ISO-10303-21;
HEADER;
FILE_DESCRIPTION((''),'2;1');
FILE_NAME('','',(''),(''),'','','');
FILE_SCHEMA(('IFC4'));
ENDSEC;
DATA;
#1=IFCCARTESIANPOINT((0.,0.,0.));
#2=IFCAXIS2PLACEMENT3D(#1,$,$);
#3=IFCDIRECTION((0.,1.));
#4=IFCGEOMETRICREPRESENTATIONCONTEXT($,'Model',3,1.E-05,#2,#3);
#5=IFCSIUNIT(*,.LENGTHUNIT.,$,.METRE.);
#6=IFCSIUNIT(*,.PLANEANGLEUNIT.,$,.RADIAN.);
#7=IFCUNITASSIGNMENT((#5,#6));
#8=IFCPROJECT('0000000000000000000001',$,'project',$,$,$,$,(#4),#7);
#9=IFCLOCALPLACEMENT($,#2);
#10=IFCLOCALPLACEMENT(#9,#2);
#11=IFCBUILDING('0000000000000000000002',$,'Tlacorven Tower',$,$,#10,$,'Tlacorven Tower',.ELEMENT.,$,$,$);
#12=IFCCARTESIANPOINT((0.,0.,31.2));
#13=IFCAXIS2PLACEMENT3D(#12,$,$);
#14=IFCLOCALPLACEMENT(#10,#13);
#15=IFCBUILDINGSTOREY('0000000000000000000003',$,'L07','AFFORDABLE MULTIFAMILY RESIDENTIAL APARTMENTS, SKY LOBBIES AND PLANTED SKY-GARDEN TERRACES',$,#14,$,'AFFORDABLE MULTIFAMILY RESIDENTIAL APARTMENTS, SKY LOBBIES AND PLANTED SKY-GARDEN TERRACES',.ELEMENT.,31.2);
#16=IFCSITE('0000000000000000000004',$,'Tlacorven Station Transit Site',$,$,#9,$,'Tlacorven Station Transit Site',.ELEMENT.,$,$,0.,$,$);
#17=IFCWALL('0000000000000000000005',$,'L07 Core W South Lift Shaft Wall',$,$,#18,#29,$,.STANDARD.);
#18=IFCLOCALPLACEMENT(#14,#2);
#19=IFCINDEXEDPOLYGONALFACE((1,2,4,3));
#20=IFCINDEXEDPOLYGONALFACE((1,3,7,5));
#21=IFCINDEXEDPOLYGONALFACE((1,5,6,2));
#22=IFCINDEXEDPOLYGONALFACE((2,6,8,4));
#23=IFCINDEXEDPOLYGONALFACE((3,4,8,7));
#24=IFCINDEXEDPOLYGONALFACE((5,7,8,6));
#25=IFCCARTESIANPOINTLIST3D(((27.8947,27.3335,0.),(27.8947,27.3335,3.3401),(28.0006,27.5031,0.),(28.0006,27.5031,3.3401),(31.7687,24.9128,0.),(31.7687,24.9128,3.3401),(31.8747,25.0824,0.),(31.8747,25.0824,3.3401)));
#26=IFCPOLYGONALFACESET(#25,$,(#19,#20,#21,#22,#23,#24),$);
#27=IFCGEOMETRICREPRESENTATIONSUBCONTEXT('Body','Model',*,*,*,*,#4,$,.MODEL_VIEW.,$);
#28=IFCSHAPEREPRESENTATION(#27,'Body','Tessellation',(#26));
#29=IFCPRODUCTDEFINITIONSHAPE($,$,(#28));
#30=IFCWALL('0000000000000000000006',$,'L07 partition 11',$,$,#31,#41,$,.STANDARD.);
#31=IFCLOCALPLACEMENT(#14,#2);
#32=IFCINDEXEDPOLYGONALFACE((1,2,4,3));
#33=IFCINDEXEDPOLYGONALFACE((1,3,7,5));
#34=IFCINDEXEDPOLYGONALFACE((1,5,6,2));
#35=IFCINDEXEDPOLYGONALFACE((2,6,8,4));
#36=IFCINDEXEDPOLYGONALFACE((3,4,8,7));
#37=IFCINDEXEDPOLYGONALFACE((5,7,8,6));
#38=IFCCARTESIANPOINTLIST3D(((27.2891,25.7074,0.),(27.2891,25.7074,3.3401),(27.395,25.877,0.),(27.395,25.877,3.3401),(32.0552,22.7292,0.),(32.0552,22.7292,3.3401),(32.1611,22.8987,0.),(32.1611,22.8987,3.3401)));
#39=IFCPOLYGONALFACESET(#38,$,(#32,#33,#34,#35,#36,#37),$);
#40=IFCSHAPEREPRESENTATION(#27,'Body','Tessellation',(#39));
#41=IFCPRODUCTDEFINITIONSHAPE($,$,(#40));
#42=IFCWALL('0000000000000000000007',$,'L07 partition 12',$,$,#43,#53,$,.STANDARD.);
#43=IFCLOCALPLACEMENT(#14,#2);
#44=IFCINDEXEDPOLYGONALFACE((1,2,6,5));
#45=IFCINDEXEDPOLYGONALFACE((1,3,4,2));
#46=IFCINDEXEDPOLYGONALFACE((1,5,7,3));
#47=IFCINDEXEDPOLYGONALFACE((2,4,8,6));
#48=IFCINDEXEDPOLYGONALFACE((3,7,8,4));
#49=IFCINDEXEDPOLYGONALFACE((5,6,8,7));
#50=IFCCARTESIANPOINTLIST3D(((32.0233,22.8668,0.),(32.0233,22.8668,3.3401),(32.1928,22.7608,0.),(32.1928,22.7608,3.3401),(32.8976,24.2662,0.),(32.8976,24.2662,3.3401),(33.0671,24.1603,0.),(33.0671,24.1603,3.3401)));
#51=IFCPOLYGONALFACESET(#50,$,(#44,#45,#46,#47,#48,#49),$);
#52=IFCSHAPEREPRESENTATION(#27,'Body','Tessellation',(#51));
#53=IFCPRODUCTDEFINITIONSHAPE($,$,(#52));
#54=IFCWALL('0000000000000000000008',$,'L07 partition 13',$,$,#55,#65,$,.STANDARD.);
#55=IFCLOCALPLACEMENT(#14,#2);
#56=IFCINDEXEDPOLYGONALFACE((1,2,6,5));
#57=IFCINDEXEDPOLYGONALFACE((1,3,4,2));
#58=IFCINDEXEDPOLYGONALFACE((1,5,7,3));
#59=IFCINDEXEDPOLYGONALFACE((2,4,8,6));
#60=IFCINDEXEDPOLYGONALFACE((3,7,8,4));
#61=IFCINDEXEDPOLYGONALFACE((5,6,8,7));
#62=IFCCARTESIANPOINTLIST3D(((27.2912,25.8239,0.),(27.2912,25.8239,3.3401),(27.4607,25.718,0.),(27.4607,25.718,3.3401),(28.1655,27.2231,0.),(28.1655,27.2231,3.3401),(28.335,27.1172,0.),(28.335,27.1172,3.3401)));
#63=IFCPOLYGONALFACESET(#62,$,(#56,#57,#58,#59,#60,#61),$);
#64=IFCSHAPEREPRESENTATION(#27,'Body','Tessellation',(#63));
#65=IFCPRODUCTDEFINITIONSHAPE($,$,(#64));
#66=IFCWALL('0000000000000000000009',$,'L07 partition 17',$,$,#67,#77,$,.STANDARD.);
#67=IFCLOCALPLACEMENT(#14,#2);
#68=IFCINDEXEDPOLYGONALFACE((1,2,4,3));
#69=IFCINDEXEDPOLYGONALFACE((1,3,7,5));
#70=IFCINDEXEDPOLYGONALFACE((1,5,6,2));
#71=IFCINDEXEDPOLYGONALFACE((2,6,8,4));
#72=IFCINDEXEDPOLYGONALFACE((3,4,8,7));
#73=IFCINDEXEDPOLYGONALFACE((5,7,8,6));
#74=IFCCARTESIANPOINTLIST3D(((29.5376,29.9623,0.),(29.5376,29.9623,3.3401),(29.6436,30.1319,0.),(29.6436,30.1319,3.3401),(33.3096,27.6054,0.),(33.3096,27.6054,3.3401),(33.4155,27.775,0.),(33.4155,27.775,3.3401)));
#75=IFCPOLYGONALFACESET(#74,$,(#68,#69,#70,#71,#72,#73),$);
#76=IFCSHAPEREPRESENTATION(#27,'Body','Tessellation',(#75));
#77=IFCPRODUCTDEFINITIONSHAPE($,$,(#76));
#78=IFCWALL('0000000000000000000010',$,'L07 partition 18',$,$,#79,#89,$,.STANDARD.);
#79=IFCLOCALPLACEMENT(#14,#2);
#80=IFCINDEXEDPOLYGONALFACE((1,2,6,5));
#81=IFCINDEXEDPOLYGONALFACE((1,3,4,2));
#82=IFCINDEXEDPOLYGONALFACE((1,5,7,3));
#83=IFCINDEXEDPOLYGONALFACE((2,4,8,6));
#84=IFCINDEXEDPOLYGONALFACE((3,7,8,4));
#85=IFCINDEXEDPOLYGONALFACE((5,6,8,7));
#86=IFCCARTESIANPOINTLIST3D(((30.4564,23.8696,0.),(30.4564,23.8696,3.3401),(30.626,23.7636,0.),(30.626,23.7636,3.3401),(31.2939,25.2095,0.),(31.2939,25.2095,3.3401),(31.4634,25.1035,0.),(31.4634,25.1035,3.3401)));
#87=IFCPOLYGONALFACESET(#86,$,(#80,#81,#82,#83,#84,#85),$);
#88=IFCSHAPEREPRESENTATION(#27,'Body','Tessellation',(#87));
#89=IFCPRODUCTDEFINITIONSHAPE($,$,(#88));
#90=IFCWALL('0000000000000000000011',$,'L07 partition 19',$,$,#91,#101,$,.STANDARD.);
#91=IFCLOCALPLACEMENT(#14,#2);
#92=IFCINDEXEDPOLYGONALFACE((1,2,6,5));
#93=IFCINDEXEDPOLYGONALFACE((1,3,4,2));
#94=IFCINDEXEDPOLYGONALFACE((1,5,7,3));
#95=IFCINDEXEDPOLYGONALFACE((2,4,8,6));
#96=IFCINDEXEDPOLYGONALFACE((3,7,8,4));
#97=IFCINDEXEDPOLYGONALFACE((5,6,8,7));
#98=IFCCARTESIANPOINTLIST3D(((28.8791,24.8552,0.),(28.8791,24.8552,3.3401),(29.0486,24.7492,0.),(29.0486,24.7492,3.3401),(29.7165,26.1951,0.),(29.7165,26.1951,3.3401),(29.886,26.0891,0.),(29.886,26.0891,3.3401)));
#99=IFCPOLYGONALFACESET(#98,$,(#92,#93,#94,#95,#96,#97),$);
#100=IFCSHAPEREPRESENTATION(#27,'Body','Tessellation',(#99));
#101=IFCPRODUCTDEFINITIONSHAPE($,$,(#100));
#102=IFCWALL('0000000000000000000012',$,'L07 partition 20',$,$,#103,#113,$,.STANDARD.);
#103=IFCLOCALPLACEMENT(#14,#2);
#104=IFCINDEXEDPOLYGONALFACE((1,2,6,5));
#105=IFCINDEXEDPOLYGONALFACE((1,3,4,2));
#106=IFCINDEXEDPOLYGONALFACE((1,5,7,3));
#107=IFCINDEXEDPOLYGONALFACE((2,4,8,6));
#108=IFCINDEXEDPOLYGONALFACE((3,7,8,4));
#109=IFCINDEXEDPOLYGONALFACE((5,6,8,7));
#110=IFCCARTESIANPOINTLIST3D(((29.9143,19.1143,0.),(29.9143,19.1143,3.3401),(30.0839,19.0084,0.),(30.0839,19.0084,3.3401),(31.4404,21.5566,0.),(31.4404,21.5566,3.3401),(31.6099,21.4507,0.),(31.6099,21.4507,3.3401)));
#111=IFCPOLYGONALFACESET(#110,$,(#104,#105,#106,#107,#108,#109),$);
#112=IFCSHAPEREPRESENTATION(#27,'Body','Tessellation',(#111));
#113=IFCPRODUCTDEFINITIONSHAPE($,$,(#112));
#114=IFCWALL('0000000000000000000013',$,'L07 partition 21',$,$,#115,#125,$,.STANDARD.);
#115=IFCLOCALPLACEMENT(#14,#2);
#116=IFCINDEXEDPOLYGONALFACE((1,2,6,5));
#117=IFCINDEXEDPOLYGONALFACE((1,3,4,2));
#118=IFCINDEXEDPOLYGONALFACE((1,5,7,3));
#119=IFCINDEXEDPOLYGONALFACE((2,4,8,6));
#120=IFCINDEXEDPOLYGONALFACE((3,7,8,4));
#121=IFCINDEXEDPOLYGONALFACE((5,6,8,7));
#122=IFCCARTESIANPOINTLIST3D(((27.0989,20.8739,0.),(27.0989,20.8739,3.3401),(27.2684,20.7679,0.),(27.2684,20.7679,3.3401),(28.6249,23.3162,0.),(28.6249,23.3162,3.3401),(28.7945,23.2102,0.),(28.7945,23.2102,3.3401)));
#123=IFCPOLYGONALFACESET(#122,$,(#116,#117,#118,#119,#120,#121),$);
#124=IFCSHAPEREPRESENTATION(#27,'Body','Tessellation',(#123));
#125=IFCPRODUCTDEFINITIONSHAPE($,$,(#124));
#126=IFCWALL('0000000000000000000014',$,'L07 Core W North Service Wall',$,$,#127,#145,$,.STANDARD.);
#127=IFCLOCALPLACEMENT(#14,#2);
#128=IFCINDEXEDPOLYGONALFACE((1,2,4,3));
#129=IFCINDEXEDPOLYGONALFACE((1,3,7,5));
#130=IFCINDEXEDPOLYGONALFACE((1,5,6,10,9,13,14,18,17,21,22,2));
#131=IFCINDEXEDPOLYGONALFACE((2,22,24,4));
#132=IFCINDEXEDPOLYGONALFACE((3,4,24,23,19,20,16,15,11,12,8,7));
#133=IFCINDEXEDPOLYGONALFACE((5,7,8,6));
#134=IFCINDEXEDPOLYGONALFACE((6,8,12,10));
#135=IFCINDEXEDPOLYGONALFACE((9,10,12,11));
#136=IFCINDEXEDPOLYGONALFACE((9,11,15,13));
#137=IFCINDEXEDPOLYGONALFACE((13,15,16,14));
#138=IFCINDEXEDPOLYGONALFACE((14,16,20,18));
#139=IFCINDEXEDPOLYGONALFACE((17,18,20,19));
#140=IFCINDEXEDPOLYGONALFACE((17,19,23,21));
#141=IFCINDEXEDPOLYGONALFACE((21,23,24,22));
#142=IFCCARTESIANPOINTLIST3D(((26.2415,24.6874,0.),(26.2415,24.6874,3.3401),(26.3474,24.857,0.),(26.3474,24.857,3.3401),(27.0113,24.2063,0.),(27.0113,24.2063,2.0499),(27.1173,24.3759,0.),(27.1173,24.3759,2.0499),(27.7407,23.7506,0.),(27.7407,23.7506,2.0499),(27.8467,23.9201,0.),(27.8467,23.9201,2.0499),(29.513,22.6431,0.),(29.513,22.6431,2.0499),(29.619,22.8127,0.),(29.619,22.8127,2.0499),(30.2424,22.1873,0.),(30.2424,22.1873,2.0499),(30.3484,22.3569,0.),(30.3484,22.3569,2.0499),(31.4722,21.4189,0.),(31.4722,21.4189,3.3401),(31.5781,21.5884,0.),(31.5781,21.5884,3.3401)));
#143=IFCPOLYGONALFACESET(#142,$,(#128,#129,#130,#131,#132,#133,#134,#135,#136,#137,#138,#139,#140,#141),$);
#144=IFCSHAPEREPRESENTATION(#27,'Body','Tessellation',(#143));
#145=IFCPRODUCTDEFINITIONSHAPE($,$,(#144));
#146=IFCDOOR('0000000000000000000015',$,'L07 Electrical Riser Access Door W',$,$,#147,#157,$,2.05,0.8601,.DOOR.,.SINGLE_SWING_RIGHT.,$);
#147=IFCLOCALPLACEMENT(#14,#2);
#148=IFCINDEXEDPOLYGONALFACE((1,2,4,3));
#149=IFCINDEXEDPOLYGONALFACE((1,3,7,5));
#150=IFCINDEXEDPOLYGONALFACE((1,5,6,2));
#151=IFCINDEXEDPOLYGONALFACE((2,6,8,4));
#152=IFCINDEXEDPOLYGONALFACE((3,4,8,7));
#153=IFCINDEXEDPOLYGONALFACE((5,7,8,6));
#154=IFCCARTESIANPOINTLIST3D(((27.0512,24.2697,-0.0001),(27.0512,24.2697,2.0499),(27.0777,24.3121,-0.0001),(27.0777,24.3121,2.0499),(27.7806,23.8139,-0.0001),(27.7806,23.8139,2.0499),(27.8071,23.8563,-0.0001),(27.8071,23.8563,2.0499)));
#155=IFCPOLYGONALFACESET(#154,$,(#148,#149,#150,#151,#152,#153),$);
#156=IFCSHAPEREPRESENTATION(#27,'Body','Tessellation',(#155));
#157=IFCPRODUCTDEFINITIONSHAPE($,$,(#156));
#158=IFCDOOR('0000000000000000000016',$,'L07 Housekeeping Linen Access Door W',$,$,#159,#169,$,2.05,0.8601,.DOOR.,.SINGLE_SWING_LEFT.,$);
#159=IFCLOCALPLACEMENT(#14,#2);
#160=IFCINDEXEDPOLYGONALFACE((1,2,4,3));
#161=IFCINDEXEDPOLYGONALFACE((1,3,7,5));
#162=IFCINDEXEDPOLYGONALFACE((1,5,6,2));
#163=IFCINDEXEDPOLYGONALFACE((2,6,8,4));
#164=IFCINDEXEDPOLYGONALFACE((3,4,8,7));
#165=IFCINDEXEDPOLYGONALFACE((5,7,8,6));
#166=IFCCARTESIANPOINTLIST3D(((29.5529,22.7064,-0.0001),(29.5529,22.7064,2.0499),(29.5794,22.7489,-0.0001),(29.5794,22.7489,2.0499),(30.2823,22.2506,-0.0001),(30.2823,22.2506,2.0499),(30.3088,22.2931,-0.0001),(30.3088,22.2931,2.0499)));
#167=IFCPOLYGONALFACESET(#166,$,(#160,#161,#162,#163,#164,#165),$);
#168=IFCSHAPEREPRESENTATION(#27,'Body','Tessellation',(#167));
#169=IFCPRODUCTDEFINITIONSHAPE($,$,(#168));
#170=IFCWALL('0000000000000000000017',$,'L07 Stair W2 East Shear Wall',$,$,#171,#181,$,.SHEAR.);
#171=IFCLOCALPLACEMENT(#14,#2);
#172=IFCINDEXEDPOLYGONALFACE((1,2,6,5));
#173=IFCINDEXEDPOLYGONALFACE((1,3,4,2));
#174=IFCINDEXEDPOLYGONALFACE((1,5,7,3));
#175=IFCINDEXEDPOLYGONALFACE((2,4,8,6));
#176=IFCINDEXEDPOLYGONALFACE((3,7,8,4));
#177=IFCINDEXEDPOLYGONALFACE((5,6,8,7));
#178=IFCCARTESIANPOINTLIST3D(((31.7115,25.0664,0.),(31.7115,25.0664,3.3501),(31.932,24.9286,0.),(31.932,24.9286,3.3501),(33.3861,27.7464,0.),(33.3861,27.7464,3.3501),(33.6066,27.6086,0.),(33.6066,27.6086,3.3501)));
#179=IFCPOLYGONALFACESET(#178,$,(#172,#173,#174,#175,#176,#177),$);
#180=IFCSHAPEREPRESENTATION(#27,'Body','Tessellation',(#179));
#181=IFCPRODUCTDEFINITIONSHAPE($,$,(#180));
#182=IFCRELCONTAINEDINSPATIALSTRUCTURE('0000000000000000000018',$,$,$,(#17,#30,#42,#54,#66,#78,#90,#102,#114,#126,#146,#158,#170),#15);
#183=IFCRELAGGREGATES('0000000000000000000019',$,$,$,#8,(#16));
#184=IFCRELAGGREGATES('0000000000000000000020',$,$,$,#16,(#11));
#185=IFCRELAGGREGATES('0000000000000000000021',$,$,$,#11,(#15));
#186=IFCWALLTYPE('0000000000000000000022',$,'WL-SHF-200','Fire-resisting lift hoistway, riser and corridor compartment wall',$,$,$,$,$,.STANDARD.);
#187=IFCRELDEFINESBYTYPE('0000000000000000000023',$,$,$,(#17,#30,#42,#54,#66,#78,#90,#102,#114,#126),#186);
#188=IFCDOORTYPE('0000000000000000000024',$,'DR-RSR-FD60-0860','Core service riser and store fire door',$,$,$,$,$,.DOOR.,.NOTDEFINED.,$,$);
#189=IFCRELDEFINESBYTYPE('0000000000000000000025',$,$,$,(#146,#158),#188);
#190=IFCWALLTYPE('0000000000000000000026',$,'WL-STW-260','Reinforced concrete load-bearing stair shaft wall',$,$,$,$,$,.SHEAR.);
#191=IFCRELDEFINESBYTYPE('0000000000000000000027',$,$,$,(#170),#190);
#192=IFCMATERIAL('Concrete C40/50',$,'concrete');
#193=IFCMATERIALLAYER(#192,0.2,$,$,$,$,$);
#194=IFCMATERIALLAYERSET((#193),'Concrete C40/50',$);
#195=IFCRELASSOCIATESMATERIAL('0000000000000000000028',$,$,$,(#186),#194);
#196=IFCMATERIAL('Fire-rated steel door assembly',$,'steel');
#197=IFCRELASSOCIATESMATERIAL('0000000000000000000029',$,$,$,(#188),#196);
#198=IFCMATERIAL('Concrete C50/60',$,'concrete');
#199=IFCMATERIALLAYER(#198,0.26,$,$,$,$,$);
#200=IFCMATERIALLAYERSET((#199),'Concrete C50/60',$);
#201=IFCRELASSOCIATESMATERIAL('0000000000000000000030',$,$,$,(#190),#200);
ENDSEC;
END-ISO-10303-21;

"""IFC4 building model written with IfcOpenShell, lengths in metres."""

from ifc_helpers import new_model, si_unit, direction, frame, frame_2d, origin, place, context, subcontext, project, spatial, rectangle, extrude, source, transform, mapped, material, layer, layer_set, type_object, element, fill, save


model = new_model("IFC4")

# Units and contexts
model_context = context("Model", 3, precision=1e-05, world=origin(), true_north=direction((0.0, 1.0)))
body_context = subcontext(model_context, "Body", "Model", "MODEL_VIEW")
ifc_project = project(units=[si_unit("LENGTHUNIT", "METRE"), si_unit("PLANEANGLEUNIT", "RADIAN")], contexts=[model_context])

# Site, building, storey
site_placement = place(None, origin())
site = spatial("IfcSite", under=ifc_project, at=site_placement, Name="Tlacorven Station Transit Site", LongName="Tlacorven Station Transit Site", CompositionType="ELEMENT", RefElevation=0.0)
building_placement = place(site_placement, origin())
building = spatial("IfcBuilding", under=site, at=building_placement, Name="Tlacorven Tower", LongName="Tlacorven Tower", CompositionType="ELEMENT")
storey_placement = place(building_placement, frame((0.0, 0.0, 31.2)))
storey = spatial("IfcBuildingStorey", under=building, at=storey_placement, Name="L07", Description="AFFORDABLE MULTIFAMILY RESIDENTIAL APARTMENTS, SKY LOBBIES AND PLANTED SKY-GARDEN TERRACES", LongName="AFFORDABLE MULTIFAMILY RESIDENTIAL APARTMENTS, SKY LOBBIES AND PLANTED SKY-GARDEN TERRACES", CompositionType="ELEMENT", Elevation=31.2)

# Walls
ifc_material_1 = material(Name="Concrete C40/50", Category="concrete")
ifc_layer_1 = layer(ifc_material_1, 0.2)
ifc_layer_set_1 = layer_set([ifc_layer_1], Name="Concrete C40/50")
wall_type_1 = type_object("IfcWallType", Name="WL-SHF-200", Description="Fire-resisting lift hoistway, riser and corridor compartment wall", PredefinedType="STANDARD", material=ifc_layer_set_1)
wall_1_placement = place(storey_placement, frame((31.8218, 24.9976, 0.0), z_axis=(0.0, 0.0, 1.0), x_axis=(-0.848058, 0.529903, 0.0)))
element("IfcWall", 1, at=wall_1_placement, inside=storey, type_object=wall_type_1, Name="L07 Core W South Lift Shaft Wall", PredefinedType="STANDARD", context=body_context, shape_type="SweptSolid", body=[
    extrude(rectangle(XDim=4.5681, YDim=0.2, at=frame_2d((2.2842, 0.0))), origin(), (0.0, 0.0, 1.0), 3.3401),
])
wall_2_placement = place(storey_placement, frame((32.1082, 22.814, 0.0), z_axis=(0.0, 0.0, 1.0), x_axis=(-0.848042, 0.529929, 0.0)))
element("IfcWall", 2, at=wall_2_placement, inside=storey, type_object=wall_type_1, Name="L07 partition 11", PredefinedType="STANDARD", context=body_context, shape_type="SweptSolid", body=[
    extrude(rectangle(XDim=5.6201, YDim=0.2, at=frame_2d((2.8101, 0.0))), origin(), (0.0, 0.0, 1.0), 3.3401),
])
wall_3_placement = place(storey_placement, frame((32.9824, 24.2134, 0.0), z_axis=(0.0, 0.0, 1.0), x_axis=(-0.529839, -0.848098, 0.0)))
element("IfcWall", 3, at=wall_3_placement, inside=storey, type_object=wall_type_1, Name="L07 partition 12", PredefinedType="STANDARD", context=body_context, shape_type="SweptSolid", body=[
    extrude(rectangle(XDim=1.6501, YDim=0.2, at=frame_2d((0.8252, 0.0))), origin(), (0.0, 0.0, 1.0), 3.3401),
])
wall_4_placement = place(storey_placement, frame((28.2502, 27.1702, 0.0), z_axis=(0.0, 0.0, 1.0), x_axis=(-0.529906, -0.848056, 0.0)))
element("IfcWall", 4, at=wall_4_placement, inside=storey, type_object=wall_type_1, Name="L07 partition 13", PredefinedType="STANDARD", context=body_context, shape_type="SweptSolid", body=[
    extrude(rectangle(XDim=1.6499, YDim=0.2, at=frame_2d((0.825, 0.0))), origin(), (0.0, 0.0, 1.0), 3.3401),
])
wall_5_placement = place(storey_placement, frame((33.3625, 27.6902, 0.0), z_axis=(0.0, 0.0, 1.0), x_axis=(-0.848054, 0.52991, 0.0)))
element("IfcWall", 5, at=wall_5_placement, inside=storey, type_object=wall_type_1, Name="L07 partition 17", PredefinedType="STANDARD", context=body_context, shape_type="SweptSolid", body=[
    extrude(rectangle(XDim=4.4478, YDim=0.2, at=frame_2d((2.2239, 0.0))), origin(), (0.0, 0.0, 1.0), 3.3401),
])
for number, where, z_axis, x_axis, name in (
    (6, (31.3787, 25.1565, 0.0), (0.0, 0.0, 1.0), (-0.529999, -0.847998, 0.0), "L07 partition 18"),
    (7, (29.8013, 26.1421, 0.0), (0.0, 0.0, 1.0), (-0.529999, -0.847998, 0.0), "L07 partition 19"),
):
    element("IfcWall", number, at=place(storey_placement, frame(where, z_axis=z_axis, x_axis=x_axis)), inside=storey, type_object=wall_type_1, Name=name, PredefinedType="STANDARD", context=body_context, shape_type="SweptSolid", body=[
        extrude(rectangle(XDim=1.5801, YDim=0.2, at=frame_2d((0.79, 0.0))), origin(), (0.0, 0.0, 1.0), 3.3401),
    ])
for number, where, z_axis, x_axis, name in (
    (8, (31.5251, 21.5037, 0.0), (0.0, 0.0, 1.0), (-0.529907, -0.848055, 0.0), "L07 partition 20"),
    (9, (28.7097, 23.2632, 0.0), (0.0, 0.0, 1.0), (-0.529907, -0.848055, 0.0), "L07 partition 21"),
):
    element("IfcWall", number, at=place(storey_placement, frame(where, z_axis=z_axis, x_axis=x_axis)), inside=storey, type_object=wall_type_1, Name=name, PredefinedType="STANDARD", context=body_context, shape_type="SweptSolid", body=[
        extrude(rectangle(XDim=2.8799, YDim=0.2, at=frame_2d((1.4399, 0.0))), origin(), (0.0, 0.0, 1.0), 3.3401),
    ])

# Wall, openings, doors
wall_6_placement = place(storey_placement, frame((31.5251, 21.5037, 0.0), z_axis=(0.0, 0.0, 1.0), x_axis=(-0.848045, 0.529924, 0.0)))
wall_6 = element("IfcWall", 10, at=wall_6_placement, inside=storey, type_object=wall_type_1, Name="L07 Core W North Service Wall", PredefinedType="STANDARD", context=body_context, shape_type="SweptSolid", body=[
    extrude(rectangle(XDim=6.168, YDim=0.2, at=frame_2d((3.084, 0.0))), origin(), (0.0, 0.0, 1.0), 3.3401),
])
opening_1_placement = place(wall_6_placement, frame((4.3999, 0.0, 0.0)))
opening_1 = element("IfcOpeningElement", 11, at=opening_1_placement, cuts=wall_6, PredefinedType="OPENING", context=body_context, shape_type="SweptSolid", body=[
    extrude(rectangle(XDim=0.8601, YDim=2.05, at=frame_2d((0.4302, 1.0249))), frame((0.0, 0.1099, 0.0), z_axis=(0.0, -1.0, 0.0), x_axis=(1.0, 0.0, 0.0)), (0.0, 0.0, 1.0), 0.22),
])
opening_2_placement = place(wall_6_placement, frame((1.45, 0.0, 0.0)))
opening_2 = element("IfcOpeningElement", 12, at=opening_2_placement, cuts=wall_6, PredefinedType="OPENING", context=body_context, shape_type="SweptSolid", body=[
    extrude(rectangle(XDim=0.8601, YDim=2.05, at=frame_2d((0.4302, 1.0249))), frame((0.0, 0.1099, 0.0), z_axis=(0.0, -1.0, 0.0), x_axis=(1.0, 0.0, 0.0)), (0.0, 0.0, 1.0), 0.22),
])
ifc_material_2 = material(Name="Fire-rated steel door assembly", Category="steel")
door_type = type_object("IfcDoorType", Name="DR-RSR-FD60-0860", Description="Core service riser and store fire door", OperationType="NOTDEFINED", PredefinedType="DOOR", material=ifc_material_2)
shared_shape_1 = source(origin(), body_context, "Body", "SweptSolid", [
    extrude(rectangle(XDim=0.8601, YDim=2.05, at=frame_2d((0.4302, 1.0249))), frame((0.0, 0.0249, 0.0), z_axis=(0.0, -1.0, 0.0), x_axis=(1.0, 0.0, 0.0)), (0.0, 0.0, 1.0), 0.05),
])
door_1_placement = place(opening_1_placement, frame((0.8601, 0.0, 0.0), z_axis=(0.0, 0.0, 1.0), x_axis=(-1.0, 0.0, 0.0)))
door_1 = element("IfcDoor", 13, at=door_1_placement, inside=storey, type_object=door_type, Name="L07 Electrical Riser Access Door W", OperationType="SINGLE_SWING_RIGHT", OverallHeight=2.05, OverallWidth=0.8601, PredefinedType="DOOR", context=body_context, shape_type="MappedRepresentation", body=[
    mapped(shared_shape_1, transform((0.0, 0.0, 0.0), scale=1.0)),
])
fill(opening_1, door_1)
door_2_placement = place(opening_2_placement, frame((0.8601, 0.0, 0.0), z_axis=(0.0, 0.0, 1.0), x_axis=(-1.0, 0.0, 0.0)))
door_2 = element("IfcDoor", 14, at=door_2_placement, inside=storey, type_object=door_type, Name="L07 Housekeeping Linen Access Door W", OperationType="SINGLE_SWING_LEFT", OverallHeight=2.05, OverallWidth=0.8601, PredefinedType="DOOR", context=body_context, shape_type="MappedRepresentation", body=[
    mapped(shared_shape_1, transform((0.0, 0.0, 0.0), scale=1.0)),
])
fill(opening_2, door_2)

# Wall
ifc_material_3 = material(Name="Concrete C50/60", Category="concrete")
ifc_layer_2 = layer(ifc_material_3, 0.26)
ifc_layer_set_2 = layer_set([ifc_layer_2], Name="Concrete C50/60")
wall_type_2 = type_object("IfcWallType", Name="WL-STW-260", Description="Reinforced concrete load-bearing stair shaft wall", PredefinedType="SHEAR", material=ifc_layer_set_2)
wall_7_placement = place(storey_placement, frame((33.4963, 27.6775, 0.0), z_axis=(0.0, 0.0, 1.0), x_axis=(-0.529909, -0.848055, 0.0)))
element("IfcWall", 15, at=wall_7_placement, inside=storey, type_object=wall_type_2, Name="L07 Stair W2 East Shear Wall", PredefinedType="SHEAR", context=body_context, shape_type="SweptSolid", body=[
    extrude(rectangle(XDim=3.1602, YDim=0.26, at=frame_2d((1.5801, 0.0))), origin(), (0.0, 0.0, 1.0), 3.3501),
])

save(model, "model.ifc")
